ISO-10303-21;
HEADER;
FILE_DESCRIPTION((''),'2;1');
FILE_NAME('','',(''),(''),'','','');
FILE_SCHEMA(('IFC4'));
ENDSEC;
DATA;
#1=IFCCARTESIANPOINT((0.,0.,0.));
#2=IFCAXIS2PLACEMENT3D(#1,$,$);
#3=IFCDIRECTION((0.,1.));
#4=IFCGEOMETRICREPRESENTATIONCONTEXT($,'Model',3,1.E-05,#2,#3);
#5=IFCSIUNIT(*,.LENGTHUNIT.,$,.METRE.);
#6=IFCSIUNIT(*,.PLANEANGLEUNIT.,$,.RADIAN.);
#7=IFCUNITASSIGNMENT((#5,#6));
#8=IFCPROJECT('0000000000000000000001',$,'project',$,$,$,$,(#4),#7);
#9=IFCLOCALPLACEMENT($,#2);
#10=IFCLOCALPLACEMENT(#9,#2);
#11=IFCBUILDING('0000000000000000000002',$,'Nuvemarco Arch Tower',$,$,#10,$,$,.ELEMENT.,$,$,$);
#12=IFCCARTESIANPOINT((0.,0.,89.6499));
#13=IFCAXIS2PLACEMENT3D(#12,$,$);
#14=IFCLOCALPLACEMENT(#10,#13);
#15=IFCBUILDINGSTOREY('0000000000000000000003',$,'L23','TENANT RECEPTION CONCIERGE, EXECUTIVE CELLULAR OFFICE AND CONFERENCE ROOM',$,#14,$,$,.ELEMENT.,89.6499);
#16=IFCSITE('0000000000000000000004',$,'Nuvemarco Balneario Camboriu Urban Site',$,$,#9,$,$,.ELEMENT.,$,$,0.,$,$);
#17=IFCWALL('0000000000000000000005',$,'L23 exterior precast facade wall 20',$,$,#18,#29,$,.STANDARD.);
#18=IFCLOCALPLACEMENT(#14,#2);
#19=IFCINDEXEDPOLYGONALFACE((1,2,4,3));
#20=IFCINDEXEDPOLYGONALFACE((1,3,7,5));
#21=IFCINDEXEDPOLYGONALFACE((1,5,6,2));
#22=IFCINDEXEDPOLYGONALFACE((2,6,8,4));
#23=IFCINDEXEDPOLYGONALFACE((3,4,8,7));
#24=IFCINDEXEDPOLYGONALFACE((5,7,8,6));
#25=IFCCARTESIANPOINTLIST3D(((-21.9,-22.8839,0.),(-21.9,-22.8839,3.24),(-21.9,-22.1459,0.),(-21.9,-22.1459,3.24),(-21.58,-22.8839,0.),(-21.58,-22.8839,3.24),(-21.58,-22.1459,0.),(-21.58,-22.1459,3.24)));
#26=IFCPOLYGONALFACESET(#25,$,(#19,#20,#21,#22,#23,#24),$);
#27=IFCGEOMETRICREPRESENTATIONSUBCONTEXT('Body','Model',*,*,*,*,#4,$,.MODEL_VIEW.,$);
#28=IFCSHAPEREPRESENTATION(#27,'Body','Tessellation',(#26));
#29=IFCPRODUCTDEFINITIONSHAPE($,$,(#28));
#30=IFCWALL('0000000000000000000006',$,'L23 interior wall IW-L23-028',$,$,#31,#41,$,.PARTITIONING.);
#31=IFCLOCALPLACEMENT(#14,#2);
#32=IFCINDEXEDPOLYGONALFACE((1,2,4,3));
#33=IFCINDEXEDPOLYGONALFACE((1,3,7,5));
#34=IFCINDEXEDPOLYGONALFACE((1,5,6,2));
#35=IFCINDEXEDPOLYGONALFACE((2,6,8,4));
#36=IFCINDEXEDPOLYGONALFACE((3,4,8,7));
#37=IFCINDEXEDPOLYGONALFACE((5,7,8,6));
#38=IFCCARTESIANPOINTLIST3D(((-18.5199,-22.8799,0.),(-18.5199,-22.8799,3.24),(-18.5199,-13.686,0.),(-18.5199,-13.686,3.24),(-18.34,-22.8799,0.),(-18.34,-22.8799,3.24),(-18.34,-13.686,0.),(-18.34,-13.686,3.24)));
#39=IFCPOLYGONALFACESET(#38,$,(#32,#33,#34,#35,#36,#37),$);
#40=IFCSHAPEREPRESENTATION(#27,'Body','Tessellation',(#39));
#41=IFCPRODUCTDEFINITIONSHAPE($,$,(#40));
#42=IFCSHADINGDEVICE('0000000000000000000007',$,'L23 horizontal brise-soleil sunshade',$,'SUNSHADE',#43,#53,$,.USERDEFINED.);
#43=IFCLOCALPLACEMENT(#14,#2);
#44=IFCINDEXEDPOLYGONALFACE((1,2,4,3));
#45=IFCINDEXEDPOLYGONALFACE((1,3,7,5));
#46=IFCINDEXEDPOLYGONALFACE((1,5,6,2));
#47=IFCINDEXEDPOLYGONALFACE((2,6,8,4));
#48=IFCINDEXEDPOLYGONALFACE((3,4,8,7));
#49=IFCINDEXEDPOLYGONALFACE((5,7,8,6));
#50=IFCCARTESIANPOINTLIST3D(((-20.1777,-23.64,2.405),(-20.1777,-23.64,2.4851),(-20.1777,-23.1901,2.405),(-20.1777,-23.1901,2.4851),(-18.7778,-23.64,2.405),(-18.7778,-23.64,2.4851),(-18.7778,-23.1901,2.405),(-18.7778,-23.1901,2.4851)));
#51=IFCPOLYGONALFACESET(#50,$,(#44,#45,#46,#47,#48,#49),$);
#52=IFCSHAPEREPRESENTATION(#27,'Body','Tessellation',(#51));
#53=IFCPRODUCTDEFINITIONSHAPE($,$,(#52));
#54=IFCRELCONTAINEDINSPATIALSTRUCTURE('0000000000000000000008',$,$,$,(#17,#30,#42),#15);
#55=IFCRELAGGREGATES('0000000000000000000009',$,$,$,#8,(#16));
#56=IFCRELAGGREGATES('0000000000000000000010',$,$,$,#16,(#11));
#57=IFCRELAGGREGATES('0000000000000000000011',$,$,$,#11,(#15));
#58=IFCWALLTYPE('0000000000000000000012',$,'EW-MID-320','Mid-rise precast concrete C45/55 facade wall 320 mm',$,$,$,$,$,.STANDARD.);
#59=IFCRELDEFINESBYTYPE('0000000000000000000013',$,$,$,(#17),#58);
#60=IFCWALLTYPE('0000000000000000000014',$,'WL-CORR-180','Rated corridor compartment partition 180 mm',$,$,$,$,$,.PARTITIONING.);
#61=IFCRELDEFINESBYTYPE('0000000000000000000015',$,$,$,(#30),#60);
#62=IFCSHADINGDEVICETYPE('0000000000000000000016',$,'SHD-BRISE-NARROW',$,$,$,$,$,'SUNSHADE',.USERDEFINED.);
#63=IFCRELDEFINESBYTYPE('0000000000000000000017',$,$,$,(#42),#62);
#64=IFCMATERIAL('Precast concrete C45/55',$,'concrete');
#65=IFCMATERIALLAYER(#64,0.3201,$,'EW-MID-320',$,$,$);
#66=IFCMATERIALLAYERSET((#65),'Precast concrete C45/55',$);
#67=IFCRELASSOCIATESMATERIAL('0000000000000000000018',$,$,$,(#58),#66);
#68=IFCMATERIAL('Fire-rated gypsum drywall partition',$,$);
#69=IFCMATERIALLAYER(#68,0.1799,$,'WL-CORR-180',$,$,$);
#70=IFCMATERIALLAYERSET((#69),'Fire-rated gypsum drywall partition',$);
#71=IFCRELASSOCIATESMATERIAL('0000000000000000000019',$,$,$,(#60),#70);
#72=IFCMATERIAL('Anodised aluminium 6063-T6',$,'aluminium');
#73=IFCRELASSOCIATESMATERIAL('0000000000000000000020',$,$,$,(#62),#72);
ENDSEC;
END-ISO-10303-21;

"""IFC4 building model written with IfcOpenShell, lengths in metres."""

from ifc_helpers import new_model, si_unit, direction, frame, frame_2d, origin, origin_2d, place, context, subcontext, project, spatial, rectangle, extrude, source, transform, mapped, material, layer, layer_set, type_object, type_shapes, element, save


model = new_model("IFC4")

# Units and contexts
model_context = context("Model", 3, precision=1e-05, world=origin(), true_north=direction((0.0, 1.0)))
body_context = subcontext(model_context, "Body", "Model", "MODEL_VIEW")
ifc_project = project(units=[si_unit("LENGTHUNIT", "METRE"), si_unit("PLANEANGLEUNIT", "RADIAN")], contexts=[model_context])

# Site, building, storey
site_placement = place(None, origin())
site = spatial("IfcSite", under=ifc_project, at=site_placement, Name="Nuvemarco Balneario Camboriu Urban Site", CompositionType="ELEMENT", RefElevation=0.0)
building_placement = place(site_placement, origin())
building = spatial("IfcBuilding", under=site, at=building_placement, Name="Nuvemarco Arch Tower", CompositionType="ELEMENT")
storey_placement = place(building_placement, frame((0.0, 0.0, 89.6499)))
storey = spatial("IfcBuildingStorey", under=building, at=storey_placement, Name="L23", Description="TENANT RECEPTION CONCIERGE, EXECUTIVE CELLULAR OFFICE AND CONFERENCE ROOM", CompositionType="ELEMENT", Elevation=89.6499)

# Shared definitions
ifc_material_1 = material(Name="Precast concrete C45/55", Category="concrete")
ifc_layer_1 = layer(ifc_material_1, 0.3201, Name="EW-MID-320")
ifc_layer_set_1 = layer_set([ifc_layer_1], Name="Precast concrete C45/55")
wall_type_1 = type_object("IfcWallType", Name="EW-MID-320", Description="Mid-rise precast concrete C45/55 facade wall 320 mm", PredefinedType="STANDARD", material=ifc_layer_set_1)

# Walls
wall_1_placement = place(storey_placement, frame((-21.74, -22.884, 0.0), z_axis=(0.0, 0.0, 1.0), x_axis=(0.0, 1.0, 0.0)))
element("IfcWall", 1, at=wall_1_placement, inside=storey, type_object=wall_type_1, Name="L23 exterior precast facade wall 20", PredefinedType="STANDARD", context=body_context, shape_type="SweptSolid", body=[
    extrude(rectangle(XDim=0.738, YDim=0.3201, at=frame_2d((0.3691, 0.0))), origin(), (0.0, 0.0, 1.0), 3.24),
])
ifc_material_2 = material(Name="Fire-rated gypsum drywall partition")
ifc_layer_2 = layer(ifc_material_2, 0.1799, Name="WL-CORR-180")
ifc_layer_set_2 = layer_set([ifc_layer_2], Name="Fire-rated gypsum drywall partition")
wall_type_2 = type_object("IfcWallType", Name="WL-CORR-180", Description="Rated corridor compartment partition 180 mm", PredefinedType="PARTITIONING", material=ifc_layer_set_2)
wall_2_placement = place(storey_placement, frame((-18.4299, -22.8799, 0.0), z_axis=(0.0, 0.0, 1.0), x_axis=(0.0, 1.0, 0.0)))
element("IfcWall", 2, at=wall_2_placement, inside=storey, type_object=wall_type_2, Name="L23 interior wall IW-L23-028", PredefinedType="PARTITIONING", context=body_context, shape_type="SweptSolid", body=[
    extrude(rectangle(XDim=9.1938, YDim=0.1799, at=frame_2d((4.5969, 0.0))), origin(), (0.0, 0.0, 1.0), 3.24),
])

# Shading device
ifc_material_3 = material(Name="Anodised aluminium 6063-T6", Category="aluminium")
shading_device_type = type_object("IfcShadingDeviceType", Name="SHD-BRISE-NARROW", ElementType="SUNSHADE", PredefinedType="USERDEFINED", material=ifc_material_3)
shared_shape_1 = source(origin(), body_context, "Body", "SweptSolid", [
    extrude(rectangle(XDim=1.3999, YDim=0.45, at=origin_2d()), origin(), (0.0, 0.0, 1.0), 0.0801),
])
type_shapes(shading_device_type, [shared_shape_1])
shading_device_placement = place(storey_placement, frame((-19.4778, -23.415, 2.405), z_axis=(0.0, 0.0, 1.0), x_axis=(1.0, 0.0, 0.0)))
element("IfcShadingDevice", 3, at=shading_device_placement, inside=storey, type_object=shading_device_type, Name="L23 horizontal brise-soleil sunshade", ObjectType="SUNSHADE", PredefinedType="USERDEFINED", context=body_context, shape_type="MappedRepresentation", body=[
    mapped(shared_shape_1, transform((0.0, 0.0, 0.0), scale=1.0)),
])

save(model, "model.ifc")
